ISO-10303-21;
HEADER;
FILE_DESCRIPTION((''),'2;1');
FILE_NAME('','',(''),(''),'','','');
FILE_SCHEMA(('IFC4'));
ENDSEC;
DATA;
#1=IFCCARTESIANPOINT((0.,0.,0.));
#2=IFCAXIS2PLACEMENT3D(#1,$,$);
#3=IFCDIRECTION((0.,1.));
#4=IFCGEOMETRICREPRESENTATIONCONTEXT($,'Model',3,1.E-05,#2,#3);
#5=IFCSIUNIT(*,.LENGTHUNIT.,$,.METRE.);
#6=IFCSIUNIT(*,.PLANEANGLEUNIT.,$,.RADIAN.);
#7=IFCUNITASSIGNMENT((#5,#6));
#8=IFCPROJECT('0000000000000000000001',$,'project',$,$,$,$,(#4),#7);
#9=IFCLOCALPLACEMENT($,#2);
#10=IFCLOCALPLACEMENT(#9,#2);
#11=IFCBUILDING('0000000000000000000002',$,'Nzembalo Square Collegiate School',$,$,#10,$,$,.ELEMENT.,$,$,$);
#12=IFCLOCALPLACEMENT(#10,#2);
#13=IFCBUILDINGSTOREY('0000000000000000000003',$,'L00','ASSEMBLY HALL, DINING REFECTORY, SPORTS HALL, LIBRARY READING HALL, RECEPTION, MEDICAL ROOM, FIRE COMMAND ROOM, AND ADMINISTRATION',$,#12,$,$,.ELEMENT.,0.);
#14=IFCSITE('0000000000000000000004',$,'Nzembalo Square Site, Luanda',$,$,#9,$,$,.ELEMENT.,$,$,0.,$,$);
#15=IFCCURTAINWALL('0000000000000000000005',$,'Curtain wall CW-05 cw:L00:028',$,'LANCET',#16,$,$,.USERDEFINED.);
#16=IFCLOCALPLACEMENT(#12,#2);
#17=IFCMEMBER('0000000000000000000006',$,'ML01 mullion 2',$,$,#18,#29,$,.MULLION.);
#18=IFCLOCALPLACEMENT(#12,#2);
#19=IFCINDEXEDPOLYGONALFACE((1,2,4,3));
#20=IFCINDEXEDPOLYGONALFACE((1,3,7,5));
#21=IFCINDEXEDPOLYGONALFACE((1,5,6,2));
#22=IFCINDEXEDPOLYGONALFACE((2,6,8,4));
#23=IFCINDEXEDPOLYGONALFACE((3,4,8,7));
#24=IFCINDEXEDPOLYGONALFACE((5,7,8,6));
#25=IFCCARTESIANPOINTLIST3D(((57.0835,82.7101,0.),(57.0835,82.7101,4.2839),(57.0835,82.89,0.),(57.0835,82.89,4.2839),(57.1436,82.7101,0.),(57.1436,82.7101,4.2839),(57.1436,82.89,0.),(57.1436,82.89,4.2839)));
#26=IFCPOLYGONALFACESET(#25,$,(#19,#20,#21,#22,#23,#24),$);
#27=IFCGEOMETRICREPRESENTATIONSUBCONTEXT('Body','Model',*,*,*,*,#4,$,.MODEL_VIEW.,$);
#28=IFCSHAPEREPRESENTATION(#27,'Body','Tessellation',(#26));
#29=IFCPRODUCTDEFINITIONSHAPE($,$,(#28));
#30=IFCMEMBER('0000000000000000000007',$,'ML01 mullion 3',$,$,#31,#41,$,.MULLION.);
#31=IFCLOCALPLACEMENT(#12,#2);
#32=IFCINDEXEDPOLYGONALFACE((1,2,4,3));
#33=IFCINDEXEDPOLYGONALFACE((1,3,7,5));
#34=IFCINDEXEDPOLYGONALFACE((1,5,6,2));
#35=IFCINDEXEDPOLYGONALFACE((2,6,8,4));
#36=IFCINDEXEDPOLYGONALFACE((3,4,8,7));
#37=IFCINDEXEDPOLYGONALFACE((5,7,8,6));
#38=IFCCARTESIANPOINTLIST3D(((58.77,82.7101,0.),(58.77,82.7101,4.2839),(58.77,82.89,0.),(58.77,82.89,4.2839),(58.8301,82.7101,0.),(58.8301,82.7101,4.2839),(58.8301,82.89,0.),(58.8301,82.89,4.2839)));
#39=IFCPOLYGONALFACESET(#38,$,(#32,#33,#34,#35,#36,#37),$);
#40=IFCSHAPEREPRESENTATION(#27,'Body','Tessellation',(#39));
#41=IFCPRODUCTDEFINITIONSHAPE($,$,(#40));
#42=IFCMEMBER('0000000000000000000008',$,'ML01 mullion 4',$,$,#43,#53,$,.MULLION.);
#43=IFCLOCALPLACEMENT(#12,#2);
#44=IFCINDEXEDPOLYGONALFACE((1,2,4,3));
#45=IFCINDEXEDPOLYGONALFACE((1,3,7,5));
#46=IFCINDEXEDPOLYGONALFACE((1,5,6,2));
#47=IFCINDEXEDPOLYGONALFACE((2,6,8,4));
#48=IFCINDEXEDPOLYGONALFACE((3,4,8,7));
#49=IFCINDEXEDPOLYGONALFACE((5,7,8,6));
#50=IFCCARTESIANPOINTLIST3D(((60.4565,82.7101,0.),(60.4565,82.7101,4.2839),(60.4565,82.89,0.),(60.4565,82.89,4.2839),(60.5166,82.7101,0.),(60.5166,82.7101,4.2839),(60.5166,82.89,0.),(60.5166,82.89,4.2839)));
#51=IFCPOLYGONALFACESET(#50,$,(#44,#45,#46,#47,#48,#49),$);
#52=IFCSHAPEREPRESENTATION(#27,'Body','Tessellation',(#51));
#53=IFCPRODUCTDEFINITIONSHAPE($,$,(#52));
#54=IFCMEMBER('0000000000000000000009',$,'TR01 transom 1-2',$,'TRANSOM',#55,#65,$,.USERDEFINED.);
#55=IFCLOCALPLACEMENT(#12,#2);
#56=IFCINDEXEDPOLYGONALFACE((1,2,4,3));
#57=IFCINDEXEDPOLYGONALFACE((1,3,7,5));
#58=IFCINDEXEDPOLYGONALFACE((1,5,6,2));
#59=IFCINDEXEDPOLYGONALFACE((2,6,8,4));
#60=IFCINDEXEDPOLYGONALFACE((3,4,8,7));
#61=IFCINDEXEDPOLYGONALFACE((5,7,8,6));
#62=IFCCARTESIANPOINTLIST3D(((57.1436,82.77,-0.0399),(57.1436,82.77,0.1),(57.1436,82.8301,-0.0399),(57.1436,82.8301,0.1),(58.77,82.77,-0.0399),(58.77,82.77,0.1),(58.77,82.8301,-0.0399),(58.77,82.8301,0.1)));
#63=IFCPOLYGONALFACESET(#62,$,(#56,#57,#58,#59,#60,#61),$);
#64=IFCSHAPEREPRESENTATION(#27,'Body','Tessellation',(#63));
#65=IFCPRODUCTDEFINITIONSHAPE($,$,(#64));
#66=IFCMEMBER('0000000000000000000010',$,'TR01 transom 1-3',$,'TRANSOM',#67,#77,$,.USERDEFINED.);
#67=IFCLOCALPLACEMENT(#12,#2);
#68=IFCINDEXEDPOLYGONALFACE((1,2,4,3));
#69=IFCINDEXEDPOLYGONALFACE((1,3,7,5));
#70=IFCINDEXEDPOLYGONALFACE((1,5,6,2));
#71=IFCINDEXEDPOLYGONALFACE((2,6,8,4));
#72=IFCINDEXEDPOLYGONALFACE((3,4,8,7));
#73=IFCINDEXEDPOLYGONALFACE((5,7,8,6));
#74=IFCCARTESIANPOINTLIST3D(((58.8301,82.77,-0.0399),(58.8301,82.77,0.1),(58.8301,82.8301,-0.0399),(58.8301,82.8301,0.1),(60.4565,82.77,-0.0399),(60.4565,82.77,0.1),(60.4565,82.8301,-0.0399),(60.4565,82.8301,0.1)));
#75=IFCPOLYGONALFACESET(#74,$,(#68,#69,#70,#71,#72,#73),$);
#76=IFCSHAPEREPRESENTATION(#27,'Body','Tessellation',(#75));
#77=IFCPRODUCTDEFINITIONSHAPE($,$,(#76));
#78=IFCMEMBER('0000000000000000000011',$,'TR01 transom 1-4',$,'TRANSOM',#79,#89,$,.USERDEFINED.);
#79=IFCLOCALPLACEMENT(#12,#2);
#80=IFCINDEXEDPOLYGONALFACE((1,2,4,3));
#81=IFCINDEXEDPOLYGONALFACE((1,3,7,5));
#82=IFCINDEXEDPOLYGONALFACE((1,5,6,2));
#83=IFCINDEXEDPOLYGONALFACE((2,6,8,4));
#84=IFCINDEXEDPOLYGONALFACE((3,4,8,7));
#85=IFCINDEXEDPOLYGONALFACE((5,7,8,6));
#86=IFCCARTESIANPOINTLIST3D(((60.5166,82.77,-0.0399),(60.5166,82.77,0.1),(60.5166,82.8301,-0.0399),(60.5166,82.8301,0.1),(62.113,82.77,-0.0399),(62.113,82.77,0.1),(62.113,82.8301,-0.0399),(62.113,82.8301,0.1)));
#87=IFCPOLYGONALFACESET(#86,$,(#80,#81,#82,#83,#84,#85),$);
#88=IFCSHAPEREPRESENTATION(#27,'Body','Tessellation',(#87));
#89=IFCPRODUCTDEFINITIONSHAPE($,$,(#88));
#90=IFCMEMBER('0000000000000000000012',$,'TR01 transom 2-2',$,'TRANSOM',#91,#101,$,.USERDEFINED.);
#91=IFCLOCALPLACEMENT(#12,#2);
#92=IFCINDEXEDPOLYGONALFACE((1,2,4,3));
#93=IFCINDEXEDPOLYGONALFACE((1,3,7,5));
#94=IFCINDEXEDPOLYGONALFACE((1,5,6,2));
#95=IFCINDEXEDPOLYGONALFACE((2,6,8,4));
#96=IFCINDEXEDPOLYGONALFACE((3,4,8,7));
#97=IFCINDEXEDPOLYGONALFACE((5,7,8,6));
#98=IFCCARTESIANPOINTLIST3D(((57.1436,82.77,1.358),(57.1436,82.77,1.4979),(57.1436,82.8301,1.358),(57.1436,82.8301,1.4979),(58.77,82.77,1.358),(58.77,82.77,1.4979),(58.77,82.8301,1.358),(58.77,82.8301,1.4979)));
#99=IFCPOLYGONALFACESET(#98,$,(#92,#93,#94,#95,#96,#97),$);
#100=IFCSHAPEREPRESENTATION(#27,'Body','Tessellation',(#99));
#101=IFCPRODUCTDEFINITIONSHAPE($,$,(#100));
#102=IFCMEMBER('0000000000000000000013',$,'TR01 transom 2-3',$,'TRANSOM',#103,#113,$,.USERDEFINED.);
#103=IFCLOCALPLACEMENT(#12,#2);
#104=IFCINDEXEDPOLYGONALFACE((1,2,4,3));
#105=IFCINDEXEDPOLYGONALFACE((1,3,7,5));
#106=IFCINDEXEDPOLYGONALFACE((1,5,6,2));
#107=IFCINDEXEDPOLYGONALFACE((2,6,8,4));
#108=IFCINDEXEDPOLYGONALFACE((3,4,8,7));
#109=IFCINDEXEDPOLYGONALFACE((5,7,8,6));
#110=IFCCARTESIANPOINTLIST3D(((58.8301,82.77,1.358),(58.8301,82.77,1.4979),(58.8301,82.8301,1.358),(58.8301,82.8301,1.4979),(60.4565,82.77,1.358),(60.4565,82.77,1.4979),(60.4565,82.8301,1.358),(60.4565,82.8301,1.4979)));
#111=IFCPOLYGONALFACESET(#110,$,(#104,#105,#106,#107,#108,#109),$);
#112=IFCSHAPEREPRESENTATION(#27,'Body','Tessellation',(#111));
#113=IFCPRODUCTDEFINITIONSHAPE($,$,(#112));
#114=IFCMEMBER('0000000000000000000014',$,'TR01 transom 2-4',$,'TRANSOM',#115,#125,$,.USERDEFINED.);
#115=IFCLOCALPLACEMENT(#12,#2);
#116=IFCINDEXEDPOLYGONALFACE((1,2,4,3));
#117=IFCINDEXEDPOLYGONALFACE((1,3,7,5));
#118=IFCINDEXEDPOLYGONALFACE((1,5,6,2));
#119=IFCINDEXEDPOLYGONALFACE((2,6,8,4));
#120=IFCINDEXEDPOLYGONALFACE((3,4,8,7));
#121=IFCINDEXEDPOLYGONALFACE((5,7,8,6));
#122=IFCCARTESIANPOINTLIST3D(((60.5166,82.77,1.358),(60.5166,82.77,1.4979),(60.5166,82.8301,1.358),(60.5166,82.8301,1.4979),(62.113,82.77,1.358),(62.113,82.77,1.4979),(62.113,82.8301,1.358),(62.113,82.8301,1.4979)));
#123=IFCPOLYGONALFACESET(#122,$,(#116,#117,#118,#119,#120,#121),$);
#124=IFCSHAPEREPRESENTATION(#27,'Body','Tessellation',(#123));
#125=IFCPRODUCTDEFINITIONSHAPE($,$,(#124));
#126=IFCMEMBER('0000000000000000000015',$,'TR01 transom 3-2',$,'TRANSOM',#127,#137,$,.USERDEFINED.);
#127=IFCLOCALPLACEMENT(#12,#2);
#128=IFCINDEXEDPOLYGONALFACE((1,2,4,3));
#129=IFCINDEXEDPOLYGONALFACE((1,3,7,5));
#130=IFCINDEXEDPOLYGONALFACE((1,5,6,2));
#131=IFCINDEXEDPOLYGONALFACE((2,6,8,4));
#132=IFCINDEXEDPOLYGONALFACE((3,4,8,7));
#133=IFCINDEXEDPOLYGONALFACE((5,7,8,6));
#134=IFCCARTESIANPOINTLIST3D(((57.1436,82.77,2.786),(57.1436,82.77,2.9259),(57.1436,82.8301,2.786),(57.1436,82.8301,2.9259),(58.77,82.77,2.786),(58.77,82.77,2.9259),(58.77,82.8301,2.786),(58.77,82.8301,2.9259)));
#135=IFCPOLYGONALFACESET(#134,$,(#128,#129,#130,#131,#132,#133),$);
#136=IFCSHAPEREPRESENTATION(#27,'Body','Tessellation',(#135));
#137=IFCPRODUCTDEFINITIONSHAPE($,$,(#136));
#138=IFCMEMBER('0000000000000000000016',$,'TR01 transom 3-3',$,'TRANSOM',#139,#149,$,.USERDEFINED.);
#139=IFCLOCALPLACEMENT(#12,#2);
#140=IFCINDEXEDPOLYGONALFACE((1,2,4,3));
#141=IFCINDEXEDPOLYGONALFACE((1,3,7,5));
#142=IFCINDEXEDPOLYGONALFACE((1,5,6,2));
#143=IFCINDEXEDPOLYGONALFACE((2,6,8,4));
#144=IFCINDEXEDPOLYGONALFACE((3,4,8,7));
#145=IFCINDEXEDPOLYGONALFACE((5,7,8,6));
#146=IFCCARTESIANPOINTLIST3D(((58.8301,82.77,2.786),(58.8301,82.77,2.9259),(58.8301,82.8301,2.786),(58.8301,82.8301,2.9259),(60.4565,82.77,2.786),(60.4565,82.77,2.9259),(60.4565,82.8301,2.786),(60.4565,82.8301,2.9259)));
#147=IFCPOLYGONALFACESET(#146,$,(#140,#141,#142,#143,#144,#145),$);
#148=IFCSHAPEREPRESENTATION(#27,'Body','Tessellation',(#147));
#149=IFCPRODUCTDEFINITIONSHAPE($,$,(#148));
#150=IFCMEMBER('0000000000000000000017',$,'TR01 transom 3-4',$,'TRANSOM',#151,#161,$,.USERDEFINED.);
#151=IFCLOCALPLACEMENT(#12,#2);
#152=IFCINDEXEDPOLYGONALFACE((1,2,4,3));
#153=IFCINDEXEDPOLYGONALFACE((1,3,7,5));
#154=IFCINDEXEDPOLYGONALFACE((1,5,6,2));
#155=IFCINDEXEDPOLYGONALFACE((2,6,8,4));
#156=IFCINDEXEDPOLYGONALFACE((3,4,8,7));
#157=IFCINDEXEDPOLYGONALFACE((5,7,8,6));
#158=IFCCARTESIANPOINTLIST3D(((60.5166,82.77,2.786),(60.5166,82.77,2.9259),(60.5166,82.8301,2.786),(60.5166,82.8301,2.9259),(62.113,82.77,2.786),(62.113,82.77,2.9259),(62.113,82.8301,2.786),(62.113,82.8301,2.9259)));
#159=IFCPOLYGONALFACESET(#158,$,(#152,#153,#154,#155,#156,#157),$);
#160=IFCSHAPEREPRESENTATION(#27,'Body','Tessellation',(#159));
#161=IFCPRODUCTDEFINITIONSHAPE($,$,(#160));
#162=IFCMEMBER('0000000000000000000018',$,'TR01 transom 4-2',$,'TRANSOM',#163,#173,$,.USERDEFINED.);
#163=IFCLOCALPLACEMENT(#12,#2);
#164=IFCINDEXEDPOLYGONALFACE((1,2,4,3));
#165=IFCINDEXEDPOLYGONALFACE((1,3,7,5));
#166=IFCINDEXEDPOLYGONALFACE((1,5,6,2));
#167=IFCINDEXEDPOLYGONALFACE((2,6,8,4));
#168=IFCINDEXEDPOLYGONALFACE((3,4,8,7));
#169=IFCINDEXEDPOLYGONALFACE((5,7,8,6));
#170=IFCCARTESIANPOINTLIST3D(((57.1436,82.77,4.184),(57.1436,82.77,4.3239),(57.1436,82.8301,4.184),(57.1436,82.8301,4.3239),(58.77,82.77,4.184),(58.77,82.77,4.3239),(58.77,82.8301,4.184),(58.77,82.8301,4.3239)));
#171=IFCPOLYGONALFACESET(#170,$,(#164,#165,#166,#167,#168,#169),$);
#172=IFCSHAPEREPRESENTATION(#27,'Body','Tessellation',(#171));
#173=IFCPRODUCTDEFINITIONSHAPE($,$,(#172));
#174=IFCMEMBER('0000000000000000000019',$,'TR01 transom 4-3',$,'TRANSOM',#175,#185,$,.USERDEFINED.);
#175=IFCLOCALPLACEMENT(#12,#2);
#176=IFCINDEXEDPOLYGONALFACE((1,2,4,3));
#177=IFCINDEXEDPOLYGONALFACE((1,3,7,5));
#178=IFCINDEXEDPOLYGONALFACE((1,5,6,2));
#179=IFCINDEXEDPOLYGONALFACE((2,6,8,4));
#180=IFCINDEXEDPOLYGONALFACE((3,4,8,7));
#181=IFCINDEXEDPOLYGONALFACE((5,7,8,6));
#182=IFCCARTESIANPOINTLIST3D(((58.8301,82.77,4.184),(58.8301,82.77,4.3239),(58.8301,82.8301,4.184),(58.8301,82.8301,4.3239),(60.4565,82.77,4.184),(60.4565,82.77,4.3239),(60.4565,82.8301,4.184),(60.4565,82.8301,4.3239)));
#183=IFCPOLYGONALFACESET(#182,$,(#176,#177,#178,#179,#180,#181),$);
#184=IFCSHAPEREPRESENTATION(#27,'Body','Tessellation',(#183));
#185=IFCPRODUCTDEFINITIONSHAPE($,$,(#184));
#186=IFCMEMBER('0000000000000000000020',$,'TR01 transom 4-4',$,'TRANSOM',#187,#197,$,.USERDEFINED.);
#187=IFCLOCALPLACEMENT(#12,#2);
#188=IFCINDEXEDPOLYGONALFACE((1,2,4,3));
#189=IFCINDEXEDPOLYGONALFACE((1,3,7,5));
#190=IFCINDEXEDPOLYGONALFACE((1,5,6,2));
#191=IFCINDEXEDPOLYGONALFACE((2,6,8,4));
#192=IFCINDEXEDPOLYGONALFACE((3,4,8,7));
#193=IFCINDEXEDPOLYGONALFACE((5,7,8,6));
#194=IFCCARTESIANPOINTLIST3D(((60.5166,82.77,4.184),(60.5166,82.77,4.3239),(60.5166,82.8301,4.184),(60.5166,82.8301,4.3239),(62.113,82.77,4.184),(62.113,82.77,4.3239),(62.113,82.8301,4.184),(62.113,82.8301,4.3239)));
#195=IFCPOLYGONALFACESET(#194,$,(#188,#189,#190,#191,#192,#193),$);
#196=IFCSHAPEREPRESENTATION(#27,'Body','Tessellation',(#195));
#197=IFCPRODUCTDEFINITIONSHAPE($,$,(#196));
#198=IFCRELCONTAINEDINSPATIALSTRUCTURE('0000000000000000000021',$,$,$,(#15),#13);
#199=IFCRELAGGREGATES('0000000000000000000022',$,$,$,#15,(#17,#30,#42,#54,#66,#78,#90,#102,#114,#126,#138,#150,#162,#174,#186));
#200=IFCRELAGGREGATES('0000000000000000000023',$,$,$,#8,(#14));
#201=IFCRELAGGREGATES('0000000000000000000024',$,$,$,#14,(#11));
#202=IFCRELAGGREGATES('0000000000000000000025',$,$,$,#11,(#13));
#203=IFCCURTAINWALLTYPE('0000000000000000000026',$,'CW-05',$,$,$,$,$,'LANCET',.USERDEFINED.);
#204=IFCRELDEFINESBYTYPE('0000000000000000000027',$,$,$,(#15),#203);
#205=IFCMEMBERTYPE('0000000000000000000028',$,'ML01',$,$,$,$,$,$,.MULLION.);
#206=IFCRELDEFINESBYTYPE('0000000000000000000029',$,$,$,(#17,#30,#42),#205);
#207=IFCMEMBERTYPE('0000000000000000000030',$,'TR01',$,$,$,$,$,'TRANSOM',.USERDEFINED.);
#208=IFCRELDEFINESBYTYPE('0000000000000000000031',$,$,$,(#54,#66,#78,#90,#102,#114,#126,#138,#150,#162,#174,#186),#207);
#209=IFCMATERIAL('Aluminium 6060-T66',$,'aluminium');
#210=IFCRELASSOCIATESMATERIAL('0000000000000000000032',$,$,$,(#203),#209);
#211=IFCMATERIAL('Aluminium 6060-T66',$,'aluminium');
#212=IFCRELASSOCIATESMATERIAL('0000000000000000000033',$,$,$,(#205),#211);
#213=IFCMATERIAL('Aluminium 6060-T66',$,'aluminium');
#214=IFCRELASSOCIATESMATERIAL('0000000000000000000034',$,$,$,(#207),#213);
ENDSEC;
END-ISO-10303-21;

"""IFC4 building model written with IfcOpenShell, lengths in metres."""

from ifc_helpers import new_model, si_unit, direction, frame, origin, origin_2d, place, context, subcontext, project, spatial, rectangle, extrude, material, material_profile, profile_set, type_object, element, aggregate, save


model = new_model("IFC4")

# Units and contexts
model_context = context("Model", 3, precision=1e-05, world=origin(), true_north=direction((0.0, 1.0)))
body_context = subcontext(model_context, "Body", "Model", "MODEL_VIEW")
ifc_project = project(units=[si_unit("LENGTHUNIT", "METRE"), si_unit("PLANEANGLEUNIT", "RADIAN")], contexts=[model_context])

# Site, building, storey
site_placement = place(None, origin())
site = spatial("IfcSite", under=ifc_project, at=site_placement, Name="Nzembalo Square Site, Luanda", CompositionType="ELEMENT", RefElevation=0.0)
building_placement = place(site_placement, origin())
building = spatial("IfcBuilding", under=site, at=building_placement, Name="Nzembalo Square Collegiate School", CompositionType="ELEMENT")
storey_placement = place(building_placement, origin())
storey = spatial("IfcBuildingStorey", under=building, at=storey_placement, Name="L00", Description="ASSEMBLY HALL, DINING REFECTORY, SPORTS HALL, LIBRARY READING HALL, RECEPTION, MEDICAL ROOM, FIRE COMMAND ROOM, AND ADMINISTRATION", CompositionType="ELEMENT", Elevation=0.0)

# Curtain wall, members
ifc_material_1 = material(Name="Aluminium 6060-T66", Category="aluminium")
curtain_wall_type = type_object("IfcCurtainWallType", Name="CW-05", ElementType="LANCET", PredefinedType="USERDEFINED", material=ifc_material_1)
curtain_wall_placement = place(storey_placement, origin())
curtain_wall = element("IfcCurtainWall", 1, at=curtain_wall_placement, inside=storey, type_object=curtain_wall_type, Name="Curtain wall CW-05 cw:L00:028", ObjectType="LANCET", PredefinedType="USERDEFINED")
ifc_material_2 = material(Name="Aluminium 6060-T66", Category="aluminium")
ifc_material_profile_1 = material_profile(ifc_material_2, rectangle(XDim=0.0601, YDim=0.1799, at=origin_2d()), Name="ALU M60x180")
ifc_profile_set_1 = profile_set([ifc_material_profile_1], Name="Aluminium 6060-T66")
member_type_1 = type_object("IfcMemberType", Name="ML01", PredefinedType="MULLION", material=ifc_profile_set_1)
member_1_placement = place(storey_placement, frame((57.1135, 82.8, 0.0), z_axis=(0.0, 0.0, 1.0), x_axis=(1.0, 0.0, 0.0)))
member_1 = element("IfcMember", 2, at=member_1_placement, type_object=member_type_1, Name="ML01 mullion 2", PredefinedType="MULLION", context=body_context, shape_type="SweptSolid", body=[
    extrude(rectangle(XDim=0.0601, YDim=0.1799, at=origin_2d()), origin(), (0.0, 0.0, 1.0), 4.2839),
])
member_2_placement = place(storey_placement, frame((58.8, 82.8, 0.0), z_axis=(0.0, 0.0, 1.0), x_axis=(1.0, 0.0, 0.0)))
member_2 = element("IfcMember", 3, at=member_2_placement, type_object=member_type_1, Name="ML01 mullion 3", PredefinedType="MULLION", context=body_context, shape_type="SweptSolid", body=[
    extrude(rectangle(XDim=0.0601, YDim=0.1799, at=origin_2d()), origin(), (0.0, 0.0, 1.0), 4.2839),
])
member_3_placement = place(storey_placement, frame((60.4866, 82.8, 0.0), z_axis=(0.0, 0.0, 1.0), x_axis=(1.0, 0.0, 0.0)))
member_3 = element("IfcMember", 4, at=member_3_placement, type_object=member_type_1, Name="ML01 mullion 4", PredefinedType="MULLION", context=body_context, shape_type="SweptSolid", body=[
    extrude(rectangle(XDim=0.0601, YDim=0.1799, at=origin_2d()), origin(), (0.0, 0.0, 1.0), 4.2839),
])
ifc_material_3 = material(Name="Aluminium 6060-T66", Category="aluminium")
ifc_material_profile_2 = material_profile(ifc_material_3, rectangle(XDim=0.0601, YDim=0.1399, at=origin_2d()), Name="ALU T60x140")
ifc_profile_set_2 = profile_set([ifc_material_profile_2], Name="Aluminium 6060-T66")
member_type_2 = type_object("IfcMemberType", Name="TR01", ElementType="TRANSOM", PredefinedType="USERDEFINED", material=ifc_profile_set_2)
member_4_placement = place(storey_placement, frame((57.1436, 82.8, 0.03), z_axis=(1.0, 0.0, 0.0), x_axis=(0.0, 1.0, 0.0)))
member_4 = element("IfcMember", 5, at=member_4_placement, type_object=member_type_2, Name="TR01 transom 1-2", ObjectType="TRANSOM", PredefinedType="USERDEFINED", context=body_context, shape_type="SweptSolid", body=[
    extrude(rectangle(XDim=0.0601, YDim=0.1399, at=origin_2d()), origin(), (0.0, 0.0, 1.0), 1.6265),
])
member_5_placement = place(storey_placement, frame((58.8301, 82.8, 0.03), z_axis=(1.0, 0.0, 0.0), x_axis=(0.0, 1.0, 0.0)))
member_5 = element("IfcMember", 6, at=member_5_placement, type_object=member_type_2, Name="TR01 transom 1-3", ObjectType="TRANSOM", PredefinedType="USERDEFINED", context=body_context, shape_type="SweptSolid", body=[
    extrude(rectangle(XDim=0.0601, YDim=0.1399, at=origin_2d()), origin(), (0.0, 0.0, 1.0), 1.6265),
])
member_6_placement = place(storey_placement, frame((60.5166, 82.8, 0.03), z_axis=(1.0, 0.0, 0.0), x_axis=(0.0, 1.0, 0.0)))
member_6 = element("IfcMember", 7, at=member_6_placement, type_object=member_type_2, Name="TR01 transom 1-4", ObjectType="TRANSOM", PredefinedType="USERDEFINED", context=body_context, shape_type="SweptSolid", body=[
    extrude(rectangle(XDim=0.0601, YDim=0.1399, at=origin_2d()), origin(), (0.0, 0.0, 1.0), 1.5964),
])
member_7_placement = place(storey_placement, frame((57.1436, 82.8, 1.428), z_axis=(1.0, 0.0, 0.0), x_axis=(0.0, 1.0, 0.0)))
member_7 = element("IfcMember", 8, at=member_7_placement, type_object=member_type_2, Name="TR01 transom 2-2", ObjectType="TRANSOM", PredefinedType="USERDEFINED", context=body_context, shape_type="SweptSolid", body=[
    extrude(rectangle(XDim=0.0601, YDim=0.1399, at=origin_2d()), origin(), (0.0, 0.0, 1.0), 1.6265),
])
member_8_placement = place(storey_placement, frame((58.8301, 82.8, 1.428), z_axis=(1.0, 0.0, 0.0), x_axis=(0.0, 1.0, 0.0)))
member_8 = element("IfcMember", 9, at=member_8_placement, type_object=member_type_2, Name="TR01 transom 2-3", ObjectType="TRANSOM", PredefinedType="USERDEFINED", context=body_context, shape_type="SweptSolid", body=[
    extrude(rectangle(XDim=0.0601, YDim=0.1399, at=origin_2d()), origin(), (0.0, 0.0, 1.0), 1.6265),
])
member_9_placement = place(storey_placement, frame((60.5166, 82.8, 1.428), z_axis=(1.0, 0.0, 0.0), x_axis=(0.0, 1.0, 0.0)))
member_9 = element("IfcMember", 10, at=member_9_placement, type_object=member_type_2, Name="TR01 transom 2-4", ObjectType="TRANSOM", PredefinedType="USERDEFINED", context=body_context, shape_type="SweptSolid", body=[
    extrude(rectangle(XDim=0.0601, YDim=0.1399, at=origin_2d()), origin(), (0.0, 0.0, 1.0), 1.5964),
])
member_10_placement = place(storey_placement, frame((57.1436, 82.8, 2.856), z_axis=(1.0, 0.0, 0.0), x_axis=(0.0, 1.0, 0.0)))
member_10 = element("IfcMember", 11, at=member_10_placement, type_object=member_type_2, Name="TR01 transom 3-2", ObjectType="TRANSOM", PredefinedType="USERDEFINED", context=body_context, shape_type="SweptSolid", body=[
    extrude(rectangle(XDim=0.0601, YDim=0.1399, at=origin_2d()), origin(), (0.0, 0.0, 1.0), 1.6265),
])
member_11_placement = place(storey_placement, frame((58.8301, 82.8, 2.856), z_axis=(1.0, 0.0, 0.0), x_axis=(0.0, 1.0, 0.0)))
member_11 = element("IfcMember", 12, at=member_11_placement, type_object=member_type_2, Name="TR01 transom 3-3", ObjectType="TRANSOM", PredefinedType="USERDEFINED", context=body_context, shape_type="SweptSolid", body=[
    extrude(rectangle(XDim=0.0601, YDim=0.1399, at=origin_2d()), origin(), (0.0, 0.0, 1.0), 1.6265),
])
member_12_placement = place(storey_placement, frame((60.5166, 82.8, 2.856), z_axis=(1.0, 0.0, 0.0), x_axis=(0.0, 1.0, 0.0)))
member_12 = element("IfcMember", 13, at=member_12_placement, type_object=member_type_2, Name="TR01 transom 3-4", ObjectType="TRANSOM", PredefinedType="USERDEFINED", context=body_context, shape_type="SweptSolid", body=[
    extrude(rectangle(XDim=0.0601, YDim=0.1399, at=origin_2d()), origin(), (0.0, 0.0, 1.0), 1.5964),
])
member_13_placement = place(storey_placement, frame((57.1436, 82.8, 4.2539), z_axis=(1.0, 0.0, 0.0), x_axis=(0.0, 1.0, 0.0)))
member_13 = element("IfcMember", 14, at=member_13_placement, type_object=member_type_2, Name="TR01 transom 4-2", ObjectType="TRANSOM", PredefinedType="USERDEFINED", context=body_context, shape_type="SweptSolid", body=[
    extrude(rectangle(XDim=0.0601, YDim=0.1399, at=origin_2d()), origin(), (0.0, 0.0, 1.0), 1.6265),
])
member_14_placement = place(storey_placement, frame((58.8301, 82.8, 4.2539), z_axis=(1.0, 0.0, 0.0), x_axis=(0.0, 1.0, 0.0)))
member_14 = element("IfcMember", 15, at=member_14_placement, type_object=member_type_2, Name="TR01 transom 4-3", ObjectType="TRANSOM", PredefinedType="USERDEFINED", context=body_context, shape_type="SweptSolid", body=[
    extrude(rectangle(XDim=0.0601, YDim=0.1399, at=origin_2d()), origin(), (0.0, 0.0, 1.0), 1.6265),
])
member_15_placement = place(storey_placement, frame((60.5166, 82.8, 4.2539), z_axis=(1.0, 0.0, 0.0), x_axis=(0.0, 1.0, 0.0)))
member_15 = element("IfcMember", 16, at=member_15_placement, type_object=member_type_2, Name="TR01 transom 4-4", ObjectType="TRANSOM", PredefinedType="USERDEFINED", context=body_context, shape_type="SweptSolid", body=[
    extrude(rectangle(XDim=0.0601, YDim=0.1399, at=origin_2d()), origin(), (0.0, 0.0, 1.0), 1.5964),
])
aggregate(curtain_wall, [member_1, member_2, member_3, member_4, member_5, member_6, member_7, member_8, member_9, member_10, member_11, member_12, member_13, member_14, member_15])

save(model, "model.ifc")
